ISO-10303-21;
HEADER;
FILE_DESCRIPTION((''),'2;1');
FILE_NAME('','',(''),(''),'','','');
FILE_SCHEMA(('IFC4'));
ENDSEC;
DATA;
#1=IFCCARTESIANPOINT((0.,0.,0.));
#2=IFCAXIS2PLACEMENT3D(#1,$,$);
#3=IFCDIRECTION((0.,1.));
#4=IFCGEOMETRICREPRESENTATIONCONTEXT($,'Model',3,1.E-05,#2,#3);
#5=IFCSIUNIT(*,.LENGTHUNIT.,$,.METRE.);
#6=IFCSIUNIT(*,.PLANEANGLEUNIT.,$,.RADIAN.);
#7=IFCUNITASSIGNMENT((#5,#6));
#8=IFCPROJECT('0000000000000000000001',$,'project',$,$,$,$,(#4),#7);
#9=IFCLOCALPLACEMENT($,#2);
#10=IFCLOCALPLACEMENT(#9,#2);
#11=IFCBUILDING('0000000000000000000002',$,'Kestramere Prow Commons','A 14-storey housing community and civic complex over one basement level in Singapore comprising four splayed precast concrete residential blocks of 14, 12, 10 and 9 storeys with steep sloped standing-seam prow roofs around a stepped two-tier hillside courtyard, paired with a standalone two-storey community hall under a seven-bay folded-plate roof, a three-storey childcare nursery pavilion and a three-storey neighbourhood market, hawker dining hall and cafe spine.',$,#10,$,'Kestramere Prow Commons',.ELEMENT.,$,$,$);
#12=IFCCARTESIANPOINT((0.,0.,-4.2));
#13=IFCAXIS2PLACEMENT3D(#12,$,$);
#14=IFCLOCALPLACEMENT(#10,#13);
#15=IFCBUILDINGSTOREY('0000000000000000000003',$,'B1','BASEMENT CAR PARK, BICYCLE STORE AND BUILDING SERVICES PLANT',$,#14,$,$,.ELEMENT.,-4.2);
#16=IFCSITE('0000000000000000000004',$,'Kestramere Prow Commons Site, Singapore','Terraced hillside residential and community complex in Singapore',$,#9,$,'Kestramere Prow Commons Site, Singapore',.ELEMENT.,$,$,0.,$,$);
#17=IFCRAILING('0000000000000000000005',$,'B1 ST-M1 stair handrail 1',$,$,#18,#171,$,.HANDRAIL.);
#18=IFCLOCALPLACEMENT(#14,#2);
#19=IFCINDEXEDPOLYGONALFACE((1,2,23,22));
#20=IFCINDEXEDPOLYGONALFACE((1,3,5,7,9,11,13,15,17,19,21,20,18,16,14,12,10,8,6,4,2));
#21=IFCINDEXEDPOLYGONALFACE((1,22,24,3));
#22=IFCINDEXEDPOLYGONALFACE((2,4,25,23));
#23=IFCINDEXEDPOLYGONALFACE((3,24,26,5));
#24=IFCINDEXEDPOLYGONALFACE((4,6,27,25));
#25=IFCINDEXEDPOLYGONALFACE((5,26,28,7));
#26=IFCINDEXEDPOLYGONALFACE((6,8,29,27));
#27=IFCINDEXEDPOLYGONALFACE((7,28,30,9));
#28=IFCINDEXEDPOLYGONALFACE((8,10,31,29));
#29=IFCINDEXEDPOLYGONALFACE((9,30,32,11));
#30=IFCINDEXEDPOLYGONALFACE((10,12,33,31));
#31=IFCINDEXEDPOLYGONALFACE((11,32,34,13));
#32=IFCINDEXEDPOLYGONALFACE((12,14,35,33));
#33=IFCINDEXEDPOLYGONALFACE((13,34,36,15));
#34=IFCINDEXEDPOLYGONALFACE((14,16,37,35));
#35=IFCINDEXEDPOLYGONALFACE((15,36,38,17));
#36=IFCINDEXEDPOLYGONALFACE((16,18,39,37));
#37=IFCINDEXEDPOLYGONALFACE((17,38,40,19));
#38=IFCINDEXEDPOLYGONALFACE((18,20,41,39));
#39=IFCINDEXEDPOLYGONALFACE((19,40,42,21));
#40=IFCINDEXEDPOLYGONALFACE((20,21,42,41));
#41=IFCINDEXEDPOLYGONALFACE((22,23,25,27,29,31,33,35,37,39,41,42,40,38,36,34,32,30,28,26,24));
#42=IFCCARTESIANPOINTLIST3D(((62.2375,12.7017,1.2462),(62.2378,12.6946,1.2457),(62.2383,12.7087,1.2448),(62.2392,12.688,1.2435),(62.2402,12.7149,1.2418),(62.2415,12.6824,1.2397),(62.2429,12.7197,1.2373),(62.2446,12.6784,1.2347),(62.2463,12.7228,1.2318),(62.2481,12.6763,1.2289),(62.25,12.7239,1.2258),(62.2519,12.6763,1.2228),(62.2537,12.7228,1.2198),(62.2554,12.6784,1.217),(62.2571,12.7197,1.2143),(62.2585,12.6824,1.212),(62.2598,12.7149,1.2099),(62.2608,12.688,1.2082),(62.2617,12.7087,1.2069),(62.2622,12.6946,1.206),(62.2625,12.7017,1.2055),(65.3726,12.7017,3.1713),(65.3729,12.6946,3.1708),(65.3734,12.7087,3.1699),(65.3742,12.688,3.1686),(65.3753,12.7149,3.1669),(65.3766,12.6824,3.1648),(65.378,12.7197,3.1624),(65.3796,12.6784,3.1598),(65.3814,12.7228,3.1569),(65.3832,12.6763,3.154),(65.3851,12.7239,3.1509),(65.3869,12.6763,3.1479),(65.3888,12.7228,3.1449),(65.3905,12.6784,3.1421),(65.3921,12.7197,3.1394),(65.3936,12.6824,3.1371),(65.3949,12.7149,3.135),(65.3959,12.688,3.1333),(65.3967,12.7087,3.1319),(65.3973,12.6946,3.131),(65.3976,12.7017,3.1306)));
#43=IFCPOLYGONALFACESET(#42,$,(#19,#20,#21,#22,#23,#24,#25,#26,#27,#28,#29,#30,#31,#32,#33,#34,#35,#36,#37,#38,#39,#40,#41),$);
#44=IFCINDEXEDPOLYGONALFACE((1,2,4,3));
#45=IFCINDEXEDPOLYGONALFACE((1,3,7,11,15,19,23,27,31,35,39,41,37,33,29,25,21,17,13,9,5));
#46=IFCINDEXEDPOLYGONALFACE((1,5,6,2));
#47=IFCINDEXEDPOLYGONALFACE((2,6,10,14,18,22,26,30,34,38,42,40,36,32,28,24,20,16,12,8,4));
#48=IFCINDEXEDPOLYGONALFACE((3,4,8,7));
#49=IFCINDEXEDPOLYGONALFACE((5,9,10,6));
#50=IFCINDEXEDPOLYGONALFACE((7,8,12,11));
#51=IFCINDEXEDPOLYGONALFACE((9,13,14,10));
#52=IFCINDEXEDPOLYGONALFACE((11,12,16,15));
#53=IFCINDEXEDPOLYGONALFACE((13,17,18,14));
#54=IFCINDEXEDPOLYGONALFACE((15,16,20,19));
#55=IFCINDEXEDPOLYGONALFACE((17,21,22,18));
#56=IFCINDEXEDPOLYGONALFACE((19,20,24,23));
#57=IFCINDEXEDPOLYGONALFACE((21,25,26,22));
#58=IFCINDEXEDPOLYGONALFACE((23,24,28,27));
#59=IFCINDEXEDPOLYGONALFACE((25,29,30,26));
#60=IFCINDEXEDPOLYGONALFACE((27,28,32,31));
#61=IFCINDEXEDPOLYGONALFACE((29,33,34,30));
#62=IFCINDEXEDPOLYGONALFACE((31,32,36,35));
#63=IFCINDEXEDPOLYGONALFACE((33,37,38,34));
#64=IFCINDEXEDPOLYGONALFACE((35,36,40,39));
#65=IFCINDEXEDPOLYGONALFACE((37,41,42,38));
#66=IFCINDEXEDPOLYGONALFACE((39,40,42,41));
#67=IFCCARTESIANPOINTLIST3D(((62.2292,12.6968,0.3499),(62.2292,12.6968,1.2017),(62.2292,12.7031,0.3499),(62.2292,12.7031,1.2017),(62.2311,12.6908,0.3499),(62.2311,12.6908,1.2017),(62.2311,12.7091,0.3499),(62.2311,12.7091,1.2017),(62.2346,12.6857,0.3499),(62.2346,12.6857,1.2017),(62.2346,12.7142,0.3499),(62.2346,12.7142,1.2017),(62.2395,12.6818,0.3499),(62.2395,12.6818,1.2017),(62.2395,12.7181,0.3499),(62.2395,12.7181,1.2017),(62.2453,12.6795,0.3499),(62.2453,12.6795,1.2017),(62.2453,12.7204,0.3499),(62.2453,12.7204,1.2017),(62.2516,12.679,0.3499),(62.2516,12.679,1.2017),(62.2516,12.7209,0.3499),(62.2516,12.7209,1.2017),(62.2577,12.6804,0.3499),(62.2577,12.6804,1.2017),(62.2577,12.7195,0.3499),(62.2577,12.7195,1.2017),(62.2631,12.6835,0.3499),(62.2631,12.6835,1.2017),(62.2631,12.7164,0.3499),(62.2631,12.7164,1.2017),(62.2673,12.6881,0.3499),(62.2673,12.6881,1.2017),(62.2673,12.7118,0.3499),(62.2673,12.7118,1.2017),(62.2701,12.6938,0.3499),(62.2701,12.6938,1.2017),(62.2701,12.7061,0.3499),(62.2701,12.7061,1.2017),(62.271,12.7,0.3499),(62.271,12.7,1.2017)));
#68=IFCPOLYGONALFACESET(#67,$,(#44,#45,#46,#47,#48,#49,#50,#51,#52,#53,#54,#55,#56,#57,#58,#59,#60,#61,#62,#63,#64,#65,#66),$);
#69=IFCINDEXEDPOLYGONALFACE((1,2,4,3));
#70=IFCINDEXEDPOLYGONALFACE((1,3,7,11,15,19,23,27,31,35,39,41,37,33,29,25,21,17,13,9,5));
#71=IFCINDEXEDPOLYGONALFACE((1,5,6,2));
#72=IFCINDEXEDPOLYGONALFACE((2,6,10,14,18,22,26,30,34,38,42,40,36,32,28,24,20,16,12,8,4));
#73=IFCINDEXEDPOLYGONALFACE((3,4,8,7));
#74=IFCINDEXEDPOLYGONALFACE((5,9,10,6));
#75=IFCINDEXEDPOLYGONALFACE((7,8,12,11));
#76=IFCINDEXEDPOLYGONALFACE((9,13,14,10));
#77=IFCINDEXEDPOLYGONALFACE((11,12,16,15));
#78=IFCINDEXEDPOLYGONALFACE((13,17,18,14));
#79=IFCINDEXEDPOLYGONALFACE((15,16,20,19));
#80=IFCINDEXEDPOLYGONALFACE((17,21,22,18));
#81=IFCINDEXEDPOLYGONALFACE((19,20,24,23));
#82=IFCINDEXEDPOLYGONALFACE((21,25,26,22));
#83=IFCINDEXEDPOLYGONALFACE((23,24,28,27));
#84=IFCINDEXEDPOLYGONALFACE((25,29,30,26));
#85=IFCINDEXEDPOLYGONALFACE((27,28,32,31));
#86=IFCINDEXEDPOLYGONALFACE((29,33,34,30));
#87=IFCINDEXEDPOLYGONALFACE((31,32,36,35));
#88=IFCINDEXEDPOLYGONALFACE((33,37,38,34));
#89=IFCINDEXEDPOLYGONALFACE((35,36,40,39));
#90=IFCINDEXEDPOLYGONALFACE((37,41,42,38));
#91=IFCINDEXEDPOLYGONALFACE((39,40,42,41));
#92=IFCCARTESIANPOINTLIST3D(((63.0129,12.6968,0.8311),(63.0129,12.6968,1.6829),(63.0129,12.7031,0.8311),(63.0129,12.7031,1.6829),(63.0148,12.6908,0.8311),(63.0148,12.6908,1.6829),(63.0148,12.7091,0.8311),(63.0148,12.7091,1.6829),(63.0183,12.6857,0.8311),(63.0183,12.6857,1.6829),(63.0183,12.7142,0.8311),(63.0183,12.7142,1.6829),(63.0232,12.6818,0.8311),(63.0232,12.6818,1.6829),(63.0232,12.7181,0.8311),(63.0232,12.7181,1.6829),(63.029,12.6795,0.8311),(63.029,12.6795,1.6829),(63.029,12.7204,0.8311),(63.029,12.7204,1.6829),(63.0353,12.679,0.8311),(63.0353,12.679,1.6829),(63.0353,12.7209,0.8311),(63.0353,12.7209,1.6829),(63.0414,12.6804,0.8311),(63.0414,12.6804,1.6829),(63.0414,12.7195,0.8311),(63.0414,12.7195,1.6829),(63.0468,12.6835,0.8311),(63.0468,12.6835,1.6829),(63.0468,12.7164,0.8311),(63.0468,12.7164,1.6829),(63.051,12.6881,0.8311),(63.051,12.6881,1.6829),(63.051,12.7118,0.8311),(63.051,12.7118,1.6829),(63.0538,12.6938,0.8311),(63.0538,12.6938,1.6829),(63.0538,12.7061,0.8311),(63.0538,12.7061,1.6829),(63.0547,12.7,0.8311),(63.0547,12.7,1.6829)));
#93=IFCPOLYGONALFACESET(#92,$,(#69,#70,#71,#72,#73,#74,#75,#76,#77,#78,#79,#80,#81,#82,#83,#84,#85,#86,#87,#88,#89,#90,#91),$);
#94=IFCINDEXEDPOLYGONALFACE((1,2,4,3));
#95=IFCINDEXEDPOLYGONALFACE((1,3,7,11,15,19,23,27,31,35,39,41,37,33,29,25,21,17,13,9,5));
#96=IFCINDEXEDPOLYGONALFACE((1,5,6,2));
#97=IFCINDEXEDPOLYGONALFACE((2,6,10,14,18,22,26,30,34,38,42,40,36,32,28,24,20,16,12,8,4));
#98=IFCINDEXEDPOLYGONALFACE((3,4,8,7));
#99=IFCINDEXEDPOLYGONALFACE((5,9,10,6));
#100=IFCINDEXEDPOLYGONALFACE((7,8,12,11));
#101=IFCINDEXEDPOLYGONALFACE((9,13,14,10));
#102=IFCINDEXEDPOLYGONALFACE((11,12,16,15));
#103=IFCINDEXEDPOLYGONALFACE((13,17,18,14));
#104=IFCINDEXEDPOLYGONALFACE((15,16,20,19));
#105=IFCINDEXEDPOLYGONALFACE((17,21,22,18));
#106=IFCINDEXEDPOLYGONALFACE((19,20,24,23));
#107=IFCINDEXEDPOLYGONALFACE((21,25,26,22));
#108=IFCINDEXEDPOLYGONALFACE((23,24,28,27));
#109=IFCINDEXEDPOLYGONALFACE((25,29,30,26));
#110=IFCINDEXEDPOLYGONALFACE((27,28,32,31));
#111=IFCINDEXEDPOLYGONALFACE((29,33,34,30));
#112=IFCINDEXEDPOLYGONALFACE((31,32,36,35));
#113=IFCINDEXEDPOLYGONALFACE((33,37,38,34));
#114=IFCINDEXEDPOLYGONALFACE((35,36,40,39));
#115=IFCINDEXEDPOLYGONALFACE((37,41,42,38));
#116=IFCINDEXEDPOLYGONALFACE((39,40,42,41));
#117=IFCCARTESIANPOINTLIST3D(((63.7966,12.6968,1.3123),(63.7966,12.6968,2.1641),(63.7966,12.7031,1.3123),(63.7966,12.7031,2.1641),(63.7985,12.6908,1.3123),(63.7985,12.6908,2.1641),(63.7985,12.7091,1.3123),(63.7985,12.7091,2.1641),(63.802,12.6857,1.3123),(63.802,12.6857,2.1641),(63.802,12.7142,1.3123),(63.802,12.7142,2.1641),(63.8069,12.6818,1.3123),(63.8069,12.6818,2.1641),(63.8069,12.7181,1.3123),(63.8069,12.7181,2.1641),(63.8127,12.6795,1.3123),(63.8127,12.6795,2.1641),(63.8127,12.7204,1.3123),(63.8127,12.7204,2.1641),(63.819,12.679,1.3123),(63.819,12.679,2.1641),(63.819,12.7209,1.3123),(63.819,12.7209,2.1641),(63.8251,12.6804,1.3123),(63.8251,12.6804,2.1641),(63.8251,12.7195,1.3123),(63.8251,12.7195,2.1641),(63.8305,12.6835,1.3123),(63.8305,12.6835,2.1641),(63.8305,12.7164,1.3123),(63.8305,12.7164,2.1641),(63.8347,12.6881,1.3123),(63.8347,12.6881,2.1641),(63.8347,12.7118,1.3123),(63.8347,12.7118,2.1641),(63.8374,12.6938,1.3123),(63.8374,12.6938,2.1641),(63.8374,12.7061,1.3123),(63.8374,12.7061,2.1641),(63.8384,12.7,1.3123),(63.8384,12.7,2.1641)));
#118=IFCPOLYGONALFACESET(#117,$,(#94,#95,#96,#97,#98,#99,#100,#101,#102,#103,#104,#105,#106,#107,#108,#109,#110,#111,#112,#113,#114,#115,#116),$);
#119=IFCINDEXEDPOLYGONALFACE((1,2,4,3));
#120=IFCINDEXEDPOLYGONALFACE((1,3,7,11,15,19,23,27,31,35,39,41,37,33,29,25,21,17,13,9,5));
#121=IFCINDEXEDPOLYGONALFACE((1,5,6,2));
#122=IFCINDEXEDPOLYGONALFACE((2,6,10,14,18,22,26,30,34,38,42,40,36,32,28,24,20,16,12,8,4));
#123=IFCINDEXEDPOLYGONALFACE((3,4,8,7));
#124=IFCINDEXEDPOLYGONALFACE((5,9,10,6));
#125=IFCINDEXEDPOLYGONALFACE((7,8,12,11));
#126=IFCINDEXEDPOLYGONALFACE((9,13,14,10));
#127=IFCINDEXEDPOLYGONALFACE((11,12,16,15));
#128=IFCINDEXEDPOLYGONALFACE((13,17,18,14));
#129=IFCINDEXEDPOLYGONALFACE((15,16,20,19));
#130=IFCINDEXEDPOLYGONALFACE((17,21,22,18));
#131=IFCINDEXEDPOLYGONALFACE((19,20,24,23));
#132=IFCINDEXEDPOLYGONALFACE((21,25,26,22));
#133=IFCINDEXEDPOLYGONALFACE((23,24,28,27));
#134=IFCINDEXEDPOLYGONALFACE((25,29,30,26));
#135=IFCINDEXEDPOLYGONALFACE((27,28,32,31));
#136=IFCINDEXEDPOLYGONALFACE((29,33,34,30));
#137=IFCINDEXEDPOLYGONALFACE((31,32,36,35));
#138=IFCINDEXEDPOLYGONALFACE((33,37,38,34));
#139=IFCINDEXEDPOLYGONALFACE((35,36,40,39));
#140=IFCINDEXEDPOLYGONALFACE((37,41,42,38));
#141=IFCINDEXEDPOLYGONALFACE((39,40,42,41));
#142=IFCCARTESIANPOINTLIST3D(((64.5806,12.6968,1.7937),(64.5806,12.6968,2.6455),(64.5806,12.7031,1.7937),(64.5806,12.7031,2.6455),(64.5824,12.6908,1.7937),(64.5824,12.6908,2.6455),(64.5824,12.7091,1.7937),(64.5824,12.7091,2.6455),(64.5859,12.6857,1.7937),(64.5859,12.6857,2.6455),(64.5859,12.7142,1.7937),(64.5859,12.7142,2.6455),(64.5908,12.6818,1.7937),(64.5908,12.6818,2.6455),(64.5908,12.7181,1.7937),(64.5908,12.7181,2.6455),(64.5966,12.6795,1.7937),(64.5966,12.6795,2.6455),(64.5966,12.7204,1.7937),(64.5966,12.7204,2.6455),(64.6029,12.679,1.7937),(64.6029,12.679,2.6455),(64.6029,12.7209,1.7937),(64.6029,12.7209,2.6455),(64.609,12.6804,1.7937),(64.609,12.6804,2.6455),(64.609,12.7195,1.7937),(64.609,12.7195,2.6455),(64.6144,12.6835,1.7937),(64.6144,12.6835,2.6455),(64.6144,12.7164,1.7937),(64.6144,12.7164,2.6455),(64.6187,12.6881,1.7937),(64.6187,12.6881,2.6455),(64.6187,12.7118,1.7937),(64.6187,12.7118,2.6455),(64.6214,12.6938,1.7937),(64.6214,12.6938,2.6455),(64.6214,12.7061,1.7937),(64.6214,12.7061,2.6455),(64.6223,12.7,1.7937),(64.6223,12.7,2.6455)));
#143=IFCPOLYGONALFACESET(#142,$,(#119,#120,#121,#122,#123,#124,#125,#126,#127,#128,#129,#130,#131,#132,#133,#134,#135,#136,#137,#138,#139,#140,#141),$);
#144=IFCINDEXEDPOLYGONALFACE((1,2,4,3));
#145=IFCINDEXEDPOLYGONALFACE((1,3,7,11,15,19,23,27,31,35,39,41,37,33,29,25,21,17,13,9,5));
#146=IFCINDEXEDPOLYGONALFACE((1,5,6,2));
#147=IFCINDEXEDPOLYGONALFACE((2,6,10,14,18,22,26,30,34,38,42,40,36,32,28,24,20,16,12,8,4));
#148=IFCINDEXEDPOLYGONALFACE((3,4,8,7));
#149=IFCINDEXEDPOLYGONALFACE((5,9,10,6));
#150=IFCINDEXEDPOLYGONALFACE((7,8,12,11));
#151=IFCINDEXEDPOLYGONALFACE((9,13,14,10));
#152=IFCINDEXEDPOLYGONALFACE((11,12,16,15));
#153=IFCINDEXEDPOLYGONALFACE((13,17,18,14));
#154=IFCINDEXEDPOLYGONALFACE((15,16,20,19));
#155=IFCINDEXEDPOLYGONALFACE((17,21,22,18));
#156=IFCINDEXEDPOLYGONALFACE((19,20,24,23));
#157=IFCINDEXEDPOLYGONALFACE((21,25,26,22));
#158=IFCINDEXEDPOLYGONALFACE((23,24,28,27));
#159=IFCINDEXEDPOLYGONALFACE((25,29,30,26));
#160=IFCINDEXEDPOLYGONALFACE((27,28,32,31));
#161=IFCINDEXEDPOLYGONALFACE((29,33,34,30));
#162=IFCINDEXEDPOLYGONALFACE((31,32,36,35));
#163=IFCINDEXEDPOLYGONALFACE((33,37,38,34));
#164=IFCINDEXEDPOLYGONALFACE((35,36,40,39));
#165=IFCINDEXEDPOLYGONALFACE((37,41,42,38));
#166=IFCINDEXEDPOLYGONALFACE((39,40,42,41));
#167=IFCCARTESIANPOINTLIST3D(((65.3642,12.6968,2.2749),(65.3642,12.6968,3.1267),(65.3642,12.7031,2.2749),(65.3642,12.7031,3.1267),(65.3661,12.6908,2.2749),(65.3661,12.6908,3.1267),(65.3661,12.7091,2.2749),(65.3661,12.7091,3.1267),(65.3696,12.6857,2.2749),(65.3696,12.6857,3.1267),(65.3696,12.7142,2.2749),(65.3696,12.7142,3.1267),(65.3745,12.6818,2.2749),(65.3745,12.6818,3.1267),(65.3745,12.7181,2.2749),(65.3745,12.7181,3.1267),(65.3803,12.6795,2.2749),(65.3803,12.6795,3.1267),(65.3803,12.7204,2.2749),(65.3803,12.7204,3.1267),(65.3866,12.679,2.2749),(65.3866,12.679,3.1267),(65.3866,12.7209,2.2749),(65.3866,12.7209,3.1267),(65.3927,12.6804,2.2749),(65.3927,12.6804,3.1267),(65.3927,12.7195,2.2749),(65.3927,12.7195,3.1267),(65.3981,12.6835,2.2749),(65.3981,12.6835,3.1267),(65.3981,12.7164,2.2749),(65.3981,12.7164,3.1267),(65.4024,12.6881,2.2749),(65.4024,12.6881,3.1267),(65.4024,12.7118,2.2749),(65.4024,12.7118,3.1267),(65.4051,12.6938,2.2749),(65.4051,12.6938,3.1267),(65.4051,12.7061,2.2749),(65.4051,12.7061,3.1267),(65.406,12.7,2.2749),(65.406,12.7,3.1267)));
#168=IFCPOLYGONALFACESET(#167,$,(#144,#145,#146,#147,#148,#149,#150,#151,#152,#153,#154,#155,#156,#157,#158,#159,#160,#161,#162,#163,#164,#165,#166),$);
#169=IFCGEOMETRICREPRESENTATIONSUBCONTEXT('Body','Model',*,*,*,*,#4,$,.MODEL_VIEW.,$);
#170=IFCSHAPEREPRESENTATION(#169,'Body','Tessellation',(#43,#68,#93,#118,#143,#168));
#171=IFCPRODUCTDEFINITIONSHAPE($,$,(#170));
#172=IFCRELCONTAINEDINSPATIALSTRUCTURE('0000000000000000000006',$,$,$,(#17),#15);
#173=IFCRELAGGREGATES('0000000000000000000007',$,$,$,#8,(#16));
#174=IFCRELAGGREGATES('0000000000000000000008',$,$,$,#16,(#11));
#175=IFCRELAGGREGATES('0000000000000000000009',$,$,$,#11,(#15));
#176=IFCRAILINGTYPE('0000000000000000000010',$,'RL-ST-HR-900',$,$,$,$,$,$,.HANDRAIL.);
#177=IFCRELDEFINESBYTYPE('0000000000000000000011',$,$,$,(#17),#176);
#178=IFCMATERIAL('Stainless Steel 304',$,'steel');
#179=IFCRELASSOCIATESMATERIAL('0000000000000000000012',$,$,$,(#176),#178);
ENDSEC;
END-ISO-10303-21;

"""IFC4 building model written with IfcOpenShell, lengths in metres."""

from ifc_helpers import new_model, si_unit, direction, frame, origin, origin_2d, place, context, subcontext, project, spatial, circle, extrude, material, type_object, element, save


model = new_model("IFC4")

# Units and contexts
model_context = context("Model", 3, precision=1e-05, world=origin(), true_north=direction((0.0, 1.0)))
body_context = subcontext(model_context, "Body", "Model", "MODEL_VIEW")
ifc_project = project(units=[si_unit("LENGTHUNIT", "METRE"), si_unit("PLANEANGLEUNIT", "RADIAN")], contexts=[model_context])

# Site, building, storey
site_placement = place(None, origin())
site = spatial("IfcSite", under=ifc_project, at=site_placement, Name="Kestramere Prow Commons Site, Singapore", Description="Terraced hillside residential and community complex in Singapore", LongName="Kestramere Prow Commons Site, Singapore", CompositionType="ELEMENT", RefElevation=0.0)
building_placement = place(site_placement, origin())
building = spatial("IfcBuilding", under=site, at=building_placement, Name="Kestramere Prow Commons", Description="A 14-storey housing community and civic complex over one basement level in Singapore comprising four splayed precast concrete residential blocks of 14, 12, 10 and 9 storeys with steep sloped standing-seam prow roofs around a stepped two-tier hillside courtyard, paired with a standalone two-storey community hall under a seven-bay folded-plate roof, a three-storey childcare nursery pavilion and a three-storey neighbourhood market, hawker dining hall and cafe spine.", LongName="Kestramere Prow Commons", CompositionType="ELEMENT")
storey_placement = place(building_placement, frame((0.0, 0.0, -4.2)))
storey = spatial("IfcBuildingStorey", under=building, at=storey_placement, Name="B1", Description="BASEMENT CAR PARK, BICYCLE STORE AND BUILDING SERVICES PLANT", CompositionType="ELEMENT", Elevation=-4.2)

# Railing
ifc_material_1 = material(Name="Stainless Steel 304", Category="steel")
railing_type_1 = type_object("IfcRailingType", Name="RL-ST-HR-900", PredefinedType="HANDRAIL", material=ifc_material_1)
railing_1_placement = place(storey_placement, frame((62.25, 12.7, 0.3499)))
element("IfcRailing", 1, at=railing_1_placement, inside=storey, type_object=railing_type_1, Name="B1 ST-M1 stair handrail 1", PredefinedType="HANDRAIL", context=body_context, shape_type="SweptSolid", body=[
    extrude(circle(Radius=0.0239, at=origin_2d()), frame((0.0, 0.0, 0.876), z_axis=(0.852166, 0.0, 0.523271), x_axis=(0.0, 1.0, 0.0)), (0.0, 0.0, 1.0), 3.679),
    extrude(circle(Radius=0.021, at=origin_2d()), origin(), (0.0, 0.0, 1.0), 0.8518),
    extrude(circle(Radius=0.021, at=origin_2d()), frame((0.7837, 0.0, 0.4812)), (0.0, 0.0, 1.0), 0.8518),
    extrude(circle(Radius=0.021, at=origin_2d()), frame((1.5674, 0.0, 0.9624)), (0.0, 0.0, 1.0), 0.8518),
    extrude(circle(Radius=0.021, at=origin_2d()), frame((2.3513, 0.0, 1.4438)), (0.0, 0.0, 1.0), 0.8518),
    extrude(circle(Radius=0.021, at=origin_2d()), frame((3.135, 0.0, 1.925)), (0.0, 0.0, 1.0), 0.8518),
])

save(model, "model.ifc")
